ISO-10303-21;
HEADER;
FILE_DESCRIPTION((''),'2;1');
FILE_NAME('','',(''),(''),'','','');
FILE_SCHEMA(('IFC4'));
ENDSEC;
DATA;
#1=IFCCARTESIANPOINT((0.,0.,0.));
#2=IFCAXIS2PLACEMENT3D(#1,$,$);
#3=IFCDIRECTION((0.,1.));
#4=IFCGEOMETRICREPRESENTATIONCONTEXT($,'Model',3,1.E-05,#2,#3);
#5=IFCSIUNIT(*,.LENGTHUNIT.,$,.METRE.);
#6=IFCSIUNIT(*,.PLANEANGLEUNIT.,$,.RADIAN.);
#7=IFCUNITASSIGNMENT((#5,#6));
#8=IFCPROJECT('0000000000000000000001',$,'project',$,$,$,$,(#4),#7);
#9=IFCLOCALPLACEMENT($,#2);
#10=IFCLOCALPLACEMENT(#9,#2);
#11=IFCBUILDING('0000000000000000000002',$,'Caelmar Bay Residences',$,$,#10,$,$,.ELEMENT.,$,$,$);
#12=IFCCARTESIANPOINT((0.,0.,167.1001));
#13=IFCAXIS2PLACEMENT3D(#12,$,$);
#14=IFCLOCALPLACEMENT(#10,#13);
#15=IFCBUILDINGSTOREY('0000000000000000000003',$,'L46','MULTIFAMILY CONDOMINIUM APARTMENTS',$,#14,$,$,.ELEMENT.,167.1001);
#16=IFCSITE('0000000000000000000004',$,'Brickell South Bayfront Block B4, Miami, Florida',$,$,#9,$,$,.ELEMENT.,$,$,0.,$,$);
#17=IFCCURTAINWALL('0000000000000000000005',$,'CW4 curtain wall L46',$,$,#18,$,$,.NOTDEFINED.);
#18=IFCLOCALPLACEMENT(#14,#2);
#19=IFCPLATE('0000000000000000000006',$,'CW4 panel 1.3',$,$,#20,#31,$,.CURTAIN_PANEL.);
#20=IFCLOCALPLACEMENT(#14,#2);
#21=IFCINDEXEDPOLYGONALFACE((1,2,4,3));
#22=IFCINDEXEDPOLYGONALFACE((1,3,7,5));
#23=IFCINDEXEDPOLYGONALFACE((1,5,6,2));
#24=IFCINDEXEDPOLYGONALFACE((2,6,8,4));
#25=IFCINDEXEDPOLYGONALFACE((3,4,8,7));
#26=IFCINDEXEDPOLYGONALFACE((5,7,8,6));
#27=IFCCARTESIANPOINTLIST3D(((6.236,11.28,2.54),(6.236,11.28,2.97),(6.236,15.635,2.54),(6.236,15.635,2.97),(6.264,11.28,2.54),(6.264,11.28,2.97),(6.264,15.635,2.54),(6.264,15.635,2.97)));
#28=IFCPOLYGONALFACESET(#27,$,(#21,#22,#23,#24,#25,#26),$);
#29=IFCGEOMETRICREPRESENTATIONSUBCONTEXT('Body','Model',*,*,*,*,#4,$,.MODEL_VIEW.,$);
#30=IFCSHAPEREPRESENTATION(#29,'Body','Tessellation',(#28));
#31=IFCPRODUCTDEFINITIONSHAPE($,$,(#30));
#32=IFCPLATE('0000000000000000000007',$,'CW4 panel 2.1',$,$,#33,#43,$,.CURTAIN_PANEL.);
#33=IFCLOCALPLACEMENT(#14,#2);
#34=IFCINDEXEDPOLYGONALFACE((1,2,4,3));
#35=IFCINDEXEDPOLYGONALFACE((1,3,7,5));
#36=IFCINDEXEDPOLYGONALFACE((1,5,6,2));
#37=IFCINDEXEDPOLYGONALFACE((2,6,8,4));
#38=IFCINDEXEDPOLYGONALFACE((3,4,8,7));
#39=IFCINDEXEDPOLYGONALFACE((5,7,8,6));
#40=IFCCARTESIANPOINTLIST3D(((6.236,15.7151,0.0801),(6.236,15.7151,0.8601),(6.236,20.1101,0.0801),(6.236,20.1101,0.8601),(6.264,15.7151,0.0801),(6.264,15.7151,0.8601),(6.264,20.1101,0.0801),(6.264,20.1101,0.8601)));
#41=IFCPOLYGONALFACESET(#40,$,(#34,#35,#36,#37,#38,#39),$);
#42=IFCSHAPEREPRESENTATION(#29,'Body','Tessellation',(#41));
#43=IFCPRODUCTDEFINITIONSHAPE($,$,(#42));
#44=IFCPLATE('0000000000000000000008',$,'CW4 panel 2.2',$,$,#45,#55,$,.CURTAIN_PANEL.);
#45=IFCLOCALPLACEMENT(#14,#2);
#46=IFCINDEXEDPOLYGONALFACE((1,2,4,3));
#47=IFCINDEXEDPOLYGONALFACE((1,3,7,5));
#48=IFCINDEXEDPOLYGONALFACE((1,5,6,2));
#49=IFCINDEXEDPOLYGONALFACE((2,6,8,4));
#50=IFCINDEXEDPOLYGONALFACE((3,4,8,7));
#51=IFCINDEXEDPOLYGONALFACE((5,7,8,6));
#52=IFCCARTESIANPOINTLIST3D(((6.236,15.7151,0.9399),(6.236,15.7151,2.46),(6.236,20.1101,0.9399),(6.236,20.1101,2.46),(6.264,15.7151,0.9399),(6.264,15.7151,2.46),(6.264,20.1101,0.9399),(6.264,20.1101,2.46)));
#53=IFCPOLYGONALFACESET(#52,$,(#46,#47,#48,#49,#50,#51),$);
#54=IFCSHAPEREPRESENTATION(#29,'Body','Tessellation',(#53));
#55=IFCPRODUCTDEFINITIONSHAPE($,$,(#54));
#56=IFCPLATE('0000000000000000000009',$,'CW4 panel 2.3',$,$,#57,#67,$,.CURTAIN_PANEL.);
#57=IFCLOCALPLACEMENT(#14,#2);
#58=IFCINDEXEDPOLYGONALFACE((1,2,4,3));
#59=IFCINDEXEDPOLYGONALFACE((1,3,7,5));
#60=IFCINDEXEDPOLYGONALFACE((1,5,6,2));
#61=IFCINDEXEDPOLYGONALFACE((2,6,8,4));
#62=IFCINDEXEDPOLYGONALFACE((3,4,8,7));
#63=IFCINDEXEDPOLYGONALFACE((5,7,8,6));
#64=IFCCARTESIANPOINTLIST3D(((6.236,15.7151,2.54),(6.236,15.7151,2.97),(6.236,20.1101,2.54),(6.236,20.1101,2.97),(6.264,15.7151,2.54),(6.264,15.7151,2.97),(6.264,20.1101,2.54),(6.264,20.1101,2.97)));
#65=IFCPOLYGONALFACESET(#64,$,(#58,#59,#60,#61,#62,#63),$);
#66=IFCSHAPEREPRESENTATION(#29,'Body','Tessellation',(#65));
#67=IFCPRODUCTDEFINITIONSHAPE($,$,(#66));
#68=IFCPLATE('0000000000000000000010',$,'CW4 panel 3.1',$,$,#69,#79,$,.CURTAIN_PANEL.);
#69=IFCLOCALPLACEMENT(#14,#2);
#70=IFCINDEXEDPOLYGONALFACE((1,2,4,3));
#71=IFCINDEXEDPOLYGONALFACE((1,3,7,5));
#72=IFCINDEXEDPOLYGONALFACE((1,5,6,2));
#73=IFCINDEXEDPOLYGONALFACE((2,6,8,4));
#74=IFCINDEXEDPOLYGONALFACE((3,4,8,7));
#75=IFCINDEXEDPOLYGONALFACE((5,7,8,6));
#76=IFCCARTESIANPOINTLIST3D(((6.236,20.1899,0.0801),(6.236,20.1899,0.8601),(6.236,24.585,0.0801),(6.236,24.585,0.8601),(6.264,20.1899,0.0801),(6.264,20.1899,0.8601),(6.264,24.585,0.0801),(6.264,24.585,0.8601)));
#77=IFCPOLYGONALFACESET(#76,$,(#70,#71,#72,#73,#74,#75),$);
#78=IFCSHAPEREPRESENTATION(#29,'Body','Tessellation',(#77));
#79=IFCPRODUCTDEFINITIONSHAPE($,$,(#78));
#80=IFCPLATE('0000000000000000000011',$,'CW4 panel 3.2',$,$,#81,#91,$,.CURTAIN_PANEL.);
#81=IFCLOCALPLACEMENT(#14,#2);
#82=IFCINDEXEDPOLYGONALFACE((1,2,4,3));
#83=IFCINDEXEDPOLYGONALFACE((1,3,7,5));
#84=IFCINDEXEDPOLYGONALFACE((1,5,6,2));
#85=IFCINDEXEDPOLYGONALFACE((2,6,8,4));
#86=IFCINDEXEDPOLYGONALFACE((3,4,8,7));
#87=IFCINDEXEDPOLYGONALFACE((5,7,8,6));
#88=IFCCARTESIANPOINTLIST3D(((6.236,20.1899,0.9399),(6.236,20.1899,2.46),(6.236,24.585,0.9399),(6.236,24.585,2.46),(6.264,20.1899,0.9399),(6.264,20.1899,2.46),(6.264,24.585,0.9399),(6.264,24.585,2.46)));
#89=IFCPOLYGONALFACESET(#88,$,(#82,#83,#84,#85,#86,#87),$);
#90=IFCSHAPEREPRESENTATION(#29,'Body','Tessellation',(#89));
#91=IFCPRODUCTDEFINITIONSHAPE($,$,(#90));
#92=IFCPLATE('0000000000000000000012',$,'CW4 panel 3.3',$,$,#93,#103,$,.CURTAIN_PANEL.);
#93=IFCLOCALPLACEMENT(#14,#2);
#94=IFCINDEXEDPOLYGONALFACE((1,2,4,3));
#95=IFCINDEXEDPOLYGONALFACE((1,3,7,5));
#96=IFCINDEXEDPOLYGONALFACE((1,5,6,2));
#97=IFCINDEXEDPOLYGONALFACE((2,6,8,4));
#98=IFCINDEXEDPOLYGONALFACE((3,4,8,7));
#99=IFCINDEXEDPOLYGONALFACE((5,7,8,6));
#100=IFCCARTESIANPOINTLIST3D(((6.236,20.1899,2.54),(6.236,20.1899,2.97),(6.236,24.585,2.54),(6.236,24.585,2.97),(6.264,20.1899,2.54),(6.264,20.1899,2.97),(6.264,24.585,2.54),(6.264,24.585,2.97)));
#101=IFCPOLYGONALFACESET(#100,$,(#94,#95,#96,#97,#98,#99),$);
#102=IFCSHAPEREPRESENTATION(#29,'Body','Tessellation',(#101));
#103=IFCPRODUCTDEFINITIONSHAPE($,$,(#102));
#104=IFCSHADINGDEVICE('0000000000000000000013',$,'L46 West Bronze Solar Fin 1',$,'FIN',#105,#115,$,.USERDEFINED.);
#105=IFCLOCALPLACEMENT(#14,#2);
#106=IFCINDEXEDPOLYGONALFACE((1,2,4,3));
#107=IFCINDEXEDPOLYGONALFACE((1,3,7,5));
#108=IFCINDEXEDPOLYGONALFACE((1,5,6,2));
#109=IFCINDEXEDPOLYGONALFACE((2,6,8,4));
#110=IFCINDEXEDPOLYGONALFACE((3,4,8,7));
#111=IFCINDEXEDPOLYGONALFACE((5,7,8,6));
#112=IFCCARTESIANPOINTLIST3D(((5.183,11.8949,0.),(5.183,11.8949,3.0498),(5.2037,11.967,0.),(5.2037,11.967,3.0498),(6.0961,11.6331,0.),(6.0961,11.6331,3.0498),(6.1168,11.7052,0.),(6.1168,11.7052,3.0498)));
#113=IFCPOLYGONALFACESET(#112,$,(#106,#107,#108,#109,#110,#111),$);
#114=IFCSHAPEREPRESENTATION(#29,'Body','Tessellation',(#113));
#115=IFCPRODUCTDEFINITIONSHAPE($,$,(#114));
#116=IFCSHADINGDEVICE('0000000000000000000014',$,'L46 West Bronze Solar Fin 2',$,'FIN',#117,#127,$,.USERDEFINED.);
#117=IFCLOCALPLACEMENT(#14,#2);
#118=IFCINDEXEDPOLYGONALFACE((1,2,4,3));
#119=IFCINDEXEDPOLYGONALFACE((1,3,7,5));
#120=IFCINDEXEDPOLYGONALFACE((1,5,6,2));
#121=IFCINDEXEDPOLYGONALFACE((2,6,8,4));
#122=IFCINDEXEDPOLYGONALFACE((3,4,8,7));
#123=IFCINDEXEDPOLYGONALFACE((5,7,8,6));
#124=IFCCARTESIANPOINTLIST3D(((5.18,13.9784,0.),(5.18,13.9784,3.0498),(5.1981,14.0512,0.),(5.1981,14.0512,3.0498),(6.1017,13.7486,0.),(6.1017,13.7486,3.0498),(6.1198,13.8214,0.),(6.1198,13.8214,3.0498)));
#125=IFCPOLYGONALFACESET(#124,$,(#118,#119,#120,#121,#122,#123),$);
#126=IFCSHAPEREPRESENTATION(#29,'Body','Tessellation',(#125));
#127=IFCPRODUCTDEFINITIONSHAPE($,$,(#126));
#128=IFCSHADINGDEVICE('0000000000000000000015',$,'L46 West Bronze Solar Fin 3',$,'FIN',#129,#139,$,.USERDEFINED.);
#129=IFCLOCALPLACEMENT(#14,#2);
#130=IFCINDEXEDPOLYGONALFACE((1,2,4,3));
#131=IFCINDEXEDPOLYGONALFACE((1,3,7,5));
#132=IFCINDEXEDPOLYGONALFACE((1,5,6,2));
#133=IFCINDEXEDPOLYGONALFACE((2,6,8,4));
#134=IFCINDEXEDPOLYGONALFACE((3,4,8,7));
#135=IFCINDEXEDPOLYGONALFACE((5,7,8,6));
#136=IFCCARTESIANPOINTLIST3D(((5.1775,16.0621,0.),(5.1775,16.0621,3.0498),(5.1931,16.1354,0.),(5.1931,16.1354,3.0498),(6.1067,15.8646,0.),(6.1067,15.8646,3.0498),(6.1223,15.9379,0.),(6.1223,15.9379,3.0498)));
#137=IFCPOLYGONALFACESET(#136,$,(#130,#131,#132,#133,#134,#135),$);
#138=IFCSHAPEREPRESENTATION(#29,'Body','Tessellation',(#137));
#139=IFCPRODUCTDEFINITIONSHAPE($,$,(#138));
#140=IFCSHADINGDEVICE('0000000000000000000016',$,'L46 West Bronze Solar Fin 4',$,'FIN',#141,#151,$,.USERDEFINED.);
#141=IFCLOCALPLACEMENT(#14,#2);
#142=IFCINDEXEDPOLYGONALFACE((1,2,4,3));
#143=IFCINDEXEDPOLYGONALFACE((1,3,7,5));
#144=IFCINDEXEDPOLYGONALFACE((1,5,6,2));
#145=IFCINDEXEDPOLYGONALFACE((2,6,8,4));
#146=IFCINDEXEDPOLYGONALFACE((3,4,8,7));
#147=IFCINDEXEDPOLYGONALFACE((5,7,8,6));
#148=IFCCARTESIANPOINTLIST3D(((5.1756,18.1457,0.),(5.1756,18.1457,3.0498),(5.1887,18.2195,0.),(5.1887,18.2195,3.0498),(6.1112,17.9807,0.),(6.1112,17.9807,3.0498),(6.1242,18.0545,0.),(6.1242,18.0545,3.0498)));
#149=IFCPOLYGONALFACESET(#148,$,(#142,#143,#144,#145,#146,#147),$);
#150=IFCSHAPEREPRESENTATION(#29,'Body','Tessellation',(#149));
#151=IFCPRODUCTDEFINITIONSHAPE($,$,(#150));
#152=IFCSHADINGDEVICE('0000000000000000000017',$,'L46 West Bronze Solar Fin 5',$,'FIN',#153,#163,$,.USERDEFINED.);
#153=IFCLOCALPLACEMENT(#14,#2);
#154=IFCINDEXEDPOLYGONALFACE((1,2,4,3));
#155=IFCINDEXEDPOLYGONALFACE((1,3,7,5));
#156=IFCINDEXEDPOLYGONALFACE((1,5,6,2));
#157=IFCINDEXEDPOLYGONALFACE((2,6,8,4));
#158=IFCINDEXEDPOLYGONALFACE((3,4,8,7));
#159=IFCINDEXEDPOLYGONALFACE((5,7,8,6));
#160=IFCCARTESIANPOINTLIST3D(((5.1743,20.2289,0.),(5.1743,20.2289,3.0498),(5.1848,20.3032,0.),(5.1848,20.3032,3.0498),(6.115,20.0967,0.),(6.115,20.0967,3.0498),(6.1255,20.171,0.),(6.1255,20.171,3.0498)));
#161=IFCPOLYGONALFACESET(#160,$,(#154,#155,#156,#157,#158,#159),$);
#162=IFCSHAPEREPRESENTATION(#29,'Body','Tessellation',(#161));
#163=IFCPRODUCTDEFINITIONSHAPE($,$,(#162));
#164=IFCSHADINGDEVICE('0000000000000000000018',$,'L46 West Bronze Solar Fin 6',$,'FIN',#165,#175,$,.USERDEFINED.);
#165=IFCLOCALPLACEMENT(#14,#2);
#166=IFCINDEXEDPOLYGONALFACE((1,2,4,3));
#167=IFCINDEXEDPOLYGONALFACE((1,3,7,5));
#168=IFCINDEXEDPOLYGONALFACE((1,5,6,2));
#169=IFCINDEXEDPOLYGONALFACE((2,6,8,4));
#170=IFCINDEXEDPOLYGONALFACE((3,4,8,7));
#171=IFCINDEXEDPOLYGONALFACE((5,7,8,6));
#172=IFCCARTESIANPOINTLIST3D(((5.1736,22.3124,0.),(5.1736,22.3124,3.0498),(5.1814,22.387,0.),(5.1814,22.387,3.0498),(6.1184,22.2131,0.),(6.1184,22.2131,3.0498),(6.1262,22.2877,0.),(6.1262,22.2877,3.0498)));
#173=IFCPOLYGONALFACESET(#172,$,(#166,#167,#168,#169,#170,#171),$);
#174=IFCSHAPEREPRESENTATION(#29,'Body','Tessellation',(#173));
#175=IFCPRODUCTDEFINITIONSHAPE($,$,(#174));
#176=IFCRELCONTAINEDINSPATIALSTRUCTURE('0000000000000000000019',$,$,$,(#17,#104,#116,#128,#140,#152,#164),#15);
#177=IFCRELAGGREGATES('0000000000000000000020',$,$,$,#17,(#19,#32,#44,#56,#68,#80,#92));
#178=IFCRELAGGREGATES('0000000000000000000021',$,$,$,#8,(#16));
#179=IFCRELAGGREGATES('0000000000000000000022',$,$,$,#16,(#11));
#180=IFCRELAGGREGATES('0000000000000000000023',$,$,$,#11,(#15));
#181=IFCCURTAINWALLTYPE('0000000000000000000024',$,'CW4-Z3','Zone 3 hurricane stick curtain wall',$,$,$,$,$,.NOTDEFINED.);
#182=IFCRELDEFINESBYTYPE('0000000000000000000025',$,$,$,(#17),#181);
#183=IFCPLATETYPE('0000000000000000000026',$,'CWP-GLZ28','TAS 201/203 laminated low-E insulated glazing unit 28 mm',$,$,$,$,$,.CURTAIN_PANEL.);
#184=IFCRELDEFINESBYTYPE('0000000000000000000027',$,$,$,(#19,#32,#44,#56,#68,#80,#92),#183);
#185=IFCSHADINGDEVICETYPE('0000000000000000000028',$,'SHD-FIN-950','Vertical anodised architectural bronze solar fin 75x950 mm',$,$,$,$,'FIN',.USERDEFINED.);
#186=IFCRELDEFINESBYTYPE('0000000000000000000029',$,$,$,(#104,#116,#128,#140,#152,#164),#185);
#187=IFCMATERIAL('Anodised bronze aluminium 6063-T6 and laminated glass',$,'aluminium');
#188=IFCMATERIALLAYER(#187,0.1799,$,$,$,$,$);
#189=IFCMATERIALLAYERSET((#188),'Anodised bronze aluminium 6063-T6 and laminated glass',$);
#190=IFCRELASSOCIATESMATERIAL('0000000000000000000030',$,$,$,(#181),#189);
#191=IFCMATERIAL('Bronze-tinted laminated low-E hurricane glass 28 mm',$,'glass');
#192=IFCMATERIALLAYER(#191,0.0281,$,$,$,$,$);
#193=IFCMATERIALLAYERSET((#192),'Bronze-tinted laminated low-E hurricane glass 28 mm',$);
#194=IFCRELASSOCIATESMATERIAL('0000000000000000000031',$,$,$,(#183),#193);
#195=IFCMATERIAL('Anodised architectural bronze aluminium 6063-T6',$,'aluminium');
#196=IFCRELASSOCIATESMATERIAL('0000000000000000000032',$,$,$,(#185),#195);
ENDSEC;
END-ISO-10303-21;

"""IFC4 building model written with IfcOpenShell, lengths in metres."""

from ifc_helpers import new_model, si_unit, direction, frame, origin, origin_2d, place, context, subcontext, project, spatial, rectangle, extrude, material, layer, layer_set, material_profile, profile_set, type_object, element, aggregate, save


model = new_model("IFC4")

# Units and contexts
model_context = context("Model", 3, precision=1e-05, world=origin(), true_north=direction((0.0, 1.0)))
body_context = subcontext(model_context, "Body", "Model", "MODEL_VIEW")
ifc_project = project(units=[si_unit("LENGTHUNIT", "METRE"), si_unit("PLANEANGLEUNIT", "RADIAN")], contexts=[model_context])

# Site, building, storey
site_placement = place(None, origin())
site = spatial("IfcSite", under=ifc_project, at=site_placement, Name="Brickell South Bayfront Block B4, Miami, Florida", CompositionType="ELEMENT", RefElevation=0.0)
building_placement = place(site_placement, origin())
building = spatial("IfcBuilding", under=site, at=building_placement, Name="Caelmar Bay Residences", CompositionType="ELEMENT")
storey_placement = place(building_placement, frame((0.0, 0.0, 167.1001)))
storey = spatial("IfcBuildingStorey", under=building, at=storey_placement, Name="L46", Description="MULTIFAMILY CONDOMINIUM APARTMENTS", CompositionType="ELEMENT", Elevation=167.1001)

# Curtain wall, plates
ifc_material_1 = material(Name="Anodised bronze aluminium 6063-T6 and laminated glass", Category="aluminium")
ifc_layer_1 = layer(ifc_material_1, 0.1799)
ifc_layer_set_1 = layer_set([ifc_layer_1], Name="Anodised bronze aluminium 6063-T6 and laminated glass")
curtain_wall_type = type_object("IfcCurtainWallType", Name="CW4-Z3", Description="Zone 3 hurricane stick curtain wall", PredefinedType="NOTDEFINED", material=ifc_layer_set_1)
curtain_wall_placement = place(storey_placement, origin())
curtain_wall = element("IfcCurtainWall", 1, at=curtain_wall_placement, inside=storey, type_object=curtain_wall_type, Name="CW4 curtain wall L46", PredefinedType="NOTDEFINED")
ifc_material_2 = material(Name="Bronze-tinted laminated low-E hurricane glass 28 mm", Category="glass")
ifc_layer_2 = layer(ifc_material_2, 0.0281)
ifc_layer_set_2 = layer_set([ifc_layer_2], Name="Bronze-tinted laminated low-E hurricane glass 28 mm")
plate_type = type_object("IfcPlateType", Name="CWP-GLZ28", Description="TAS 201/203 laminated low-E insulated glazing unit 28 mm", PredefinedType="CURTAIN_PANEL", material=ifc_layer_set_2)
plate_1_placement = place(storey_placement, frame((6.25, 13.4575, 2.54), z_axis=(0.0, 0.0, 1.0), x_axis=(0.0, 1.0, 0.0)))
plate_1 = element("IfcPlate", 2, at=plate_1_placement, type_object=plate_type, Name="CW4 panel 1.3", PredefinedType="CURTAIN_PANEL", context=body_context, shape_type="SweptSolid", body=[
    extrude(rectangle(XDim=4.355, YDim=0.0281, at=origin_2d()), origin(), (0.0, 0.0, 1.0), 0.4299),
])
plate_2_placement = place(storey_placement, frame((6.25, 17.9126, 0.0801), z_axis=(0.0, 0.0, 1.0), x_axis=(0.0, 1.0, 0.0)))
plate_2 = element("IfcPlate", 3, at=plate_2_placement, type_object=plate_type, Name="CW4 panel 2.1", PredefinedType="CURTAIN_PANEL", context=body_context, shape_type="SweptSolid", body=[
    extrude(rectangle(XDim=4.395, YDim=0.0281, at=origin_2d()), origin(), (0.0, 0.0, 1.0), 0.78),
])
plate_3_placement = place(storey_placement, frame((6.25, 17.9126, 0.9399), z_axis=(0.0, 0.0, 1.0), x_axis=(0.0, 1.0, 0.0)))
plate_3 = element("IfcPlate", 4, at=plate_3_placement, type_object=plate_type, Name="CW4 panel 2.2", PredefinedType="CURTAIN_PANEL", context=body_context, shape_type="SweptSolid", body=[
    extrude(rectangle(XDim=4.395, YDim=0.0281, at=origin_2d()), origin(), (0.0, 0.0, 1.0), 1.52),
])
plate_4_placement = place(storey_placement, frame((6.25, 17.9126, 2.54), z_axis=(0.0, 0.0, 1.0), x_axis=(0.0, 1.0, 0.0)))
plate_4 = element("IfcPlate", 5, at=plate_4_placement, type_object=plate_type, Name="CW4 panel 2.3", PredefinedType="CURTAIN_PANEL", context=body_context, shape_type="SweptSolid", body=[
    extrude(rectangle(XDim=4.395, YDim=0.0281, at=origin_2d()), origin(), (0.0, 0.0, 1.0), 0.4299),
])
plate_5_placement = place(storey_placement, frame((6.25, 22.3875, 0.0801), z_axis=(0.0, 0.0, 1.0), x_axis=(0.0, 1.0, 0.0)))
plate_5 = element("IfcPlate", 6, at=plate_5_placement, type_object=plate_type, Name="CW4 panel 3.1", PredefinedType="CURTAIN_PANEL", context=body_context, shape_type="SweptSolid", body=[
    extrude(rectangle(XDim=4.395, YDim=0.0281, at=origin_2d()), origin(), (0.0, 0.0, 1.0), 0.78),
])
plate_6_placement = place(storey_placement, frame((6.25, 22.3875, 0.9399), z_axis=(0.0, 0.0, 1.0), x_axis=(0.0, 1.0, 0.0)))
plate_6 = element("IfcPlate", 7, at=plate_6_placement, type_object=plate_type, Name="CW4 panel 3.2", PredefinedType="CURTAIN_PANEL", context=body_context, shape_type="SweptSolid", body=[
    extrude(rectangle(XDim=4.395, YDim=0.0281, at=origin_2d()), origin(), (0.0, 0.0, 1.0), 1.52),
])
plate_7_placement = place(storey_placement, frame((6.25, 22.3875, 2.54), z_axis=(0.0, 0.0, 1.0), x_axis=(0.0, 1.0, 0.0)))
plate_7 = element("IfcPlate", 8, at=plate_7_placement, type_object=plate_type, Name="CW4 panel 3.3", PredefinedType="CURTAIN_PANEL", context=body_context, shape_type="SweptSolid", body=[
    extrude(rectangle(XDim=4.395, YDim=0.0281, at=origin_2d()), origin(), (0.0, 0.0, 1.0), 0.4299),
])
aggregate(curtain_wall, [plate_1, plate_2, plate_3, plate_4, plate_5, plate_6, plate_7])

# Shading devices
ifc_material_3 = material(Name="Anodised architectural bronze aluminium 6063-T6", Category="aluminium")
ifc_material_profile_1 = material_profile(ifc_material_3, rectangle(XDim=0.075, YDim=0.95, at=origin_2d()), Name="BRONZE-FIN-75X950")
ifc_profile_set_1 = profile_set([ifc_material_profile_1], Name="Anodised architectural bronze aluminium 6063-T6")
shading_device_type = type_object("IfcShadingDeviceType", Name="SHD-FIN-950", Description="Vertical anodised architectural bronze solar fin 75x950 mm", ElementType="FIN", PredefinedType="USERDEFINED", material=ifc_profile_set_1)
for number, where, z_axis, x_axis, name in (
    (9, (5.6499, 11.8, 0.0), (0.0, 0.0, 1.0), (0.275637, 0.961262, 0.0), "L46 West Bronze Solar Fin 1"),
    (10, (5.6499, 13.8999, 0.0), (0.0, 0.0, 1.0), (0.241922, 0.970296, 0.0), "L46 West Bronze Solar Fin 2"),
    (11, (5.6499, 16.0, 0.0), (0.0, 0.0, 1.0), (0.207912, 0.978148, 0.0), "L46 West Bronze Solar Fin 3"),
    (12, (5.6499, 18.1001, 0.0), (0.0, 0.0, 1.0), (0.173648, 0.984808, 0.0), "L46 West Bronze Solar Fin 4"),
    (13, (5.6499, 20.2, 0.0), (0.0, 0.0, 1.0), (0.139173, 0.990268, 0.0), "L46 West Bronze Solar Fin 5"),
    (14, (5.6499, 22.3, 0.0), (0.0, 0.0, 1.0), (0.104528, 0.994522, 0.0), "L46 West Bronze Solar Fin 6"),
):
    element("IfcShadingDevice", number, at=place(storey_placement, frame(where, z_axis=z_axis, x_axis=x_axis)), inside=storey, type_object=shading_device_type, Name=name, ObjectType="FIN", PredefinedType="USERDEFINED", context=body_context, shape_type="SweptSolid", body=[
        extrude(rectangle(XDim=0.075, YDim=0.95, at=origin_2d()), origin(), (0.0, 0.0, 1.0), 3.0498),
    ])

save(model, "model.ifc")
